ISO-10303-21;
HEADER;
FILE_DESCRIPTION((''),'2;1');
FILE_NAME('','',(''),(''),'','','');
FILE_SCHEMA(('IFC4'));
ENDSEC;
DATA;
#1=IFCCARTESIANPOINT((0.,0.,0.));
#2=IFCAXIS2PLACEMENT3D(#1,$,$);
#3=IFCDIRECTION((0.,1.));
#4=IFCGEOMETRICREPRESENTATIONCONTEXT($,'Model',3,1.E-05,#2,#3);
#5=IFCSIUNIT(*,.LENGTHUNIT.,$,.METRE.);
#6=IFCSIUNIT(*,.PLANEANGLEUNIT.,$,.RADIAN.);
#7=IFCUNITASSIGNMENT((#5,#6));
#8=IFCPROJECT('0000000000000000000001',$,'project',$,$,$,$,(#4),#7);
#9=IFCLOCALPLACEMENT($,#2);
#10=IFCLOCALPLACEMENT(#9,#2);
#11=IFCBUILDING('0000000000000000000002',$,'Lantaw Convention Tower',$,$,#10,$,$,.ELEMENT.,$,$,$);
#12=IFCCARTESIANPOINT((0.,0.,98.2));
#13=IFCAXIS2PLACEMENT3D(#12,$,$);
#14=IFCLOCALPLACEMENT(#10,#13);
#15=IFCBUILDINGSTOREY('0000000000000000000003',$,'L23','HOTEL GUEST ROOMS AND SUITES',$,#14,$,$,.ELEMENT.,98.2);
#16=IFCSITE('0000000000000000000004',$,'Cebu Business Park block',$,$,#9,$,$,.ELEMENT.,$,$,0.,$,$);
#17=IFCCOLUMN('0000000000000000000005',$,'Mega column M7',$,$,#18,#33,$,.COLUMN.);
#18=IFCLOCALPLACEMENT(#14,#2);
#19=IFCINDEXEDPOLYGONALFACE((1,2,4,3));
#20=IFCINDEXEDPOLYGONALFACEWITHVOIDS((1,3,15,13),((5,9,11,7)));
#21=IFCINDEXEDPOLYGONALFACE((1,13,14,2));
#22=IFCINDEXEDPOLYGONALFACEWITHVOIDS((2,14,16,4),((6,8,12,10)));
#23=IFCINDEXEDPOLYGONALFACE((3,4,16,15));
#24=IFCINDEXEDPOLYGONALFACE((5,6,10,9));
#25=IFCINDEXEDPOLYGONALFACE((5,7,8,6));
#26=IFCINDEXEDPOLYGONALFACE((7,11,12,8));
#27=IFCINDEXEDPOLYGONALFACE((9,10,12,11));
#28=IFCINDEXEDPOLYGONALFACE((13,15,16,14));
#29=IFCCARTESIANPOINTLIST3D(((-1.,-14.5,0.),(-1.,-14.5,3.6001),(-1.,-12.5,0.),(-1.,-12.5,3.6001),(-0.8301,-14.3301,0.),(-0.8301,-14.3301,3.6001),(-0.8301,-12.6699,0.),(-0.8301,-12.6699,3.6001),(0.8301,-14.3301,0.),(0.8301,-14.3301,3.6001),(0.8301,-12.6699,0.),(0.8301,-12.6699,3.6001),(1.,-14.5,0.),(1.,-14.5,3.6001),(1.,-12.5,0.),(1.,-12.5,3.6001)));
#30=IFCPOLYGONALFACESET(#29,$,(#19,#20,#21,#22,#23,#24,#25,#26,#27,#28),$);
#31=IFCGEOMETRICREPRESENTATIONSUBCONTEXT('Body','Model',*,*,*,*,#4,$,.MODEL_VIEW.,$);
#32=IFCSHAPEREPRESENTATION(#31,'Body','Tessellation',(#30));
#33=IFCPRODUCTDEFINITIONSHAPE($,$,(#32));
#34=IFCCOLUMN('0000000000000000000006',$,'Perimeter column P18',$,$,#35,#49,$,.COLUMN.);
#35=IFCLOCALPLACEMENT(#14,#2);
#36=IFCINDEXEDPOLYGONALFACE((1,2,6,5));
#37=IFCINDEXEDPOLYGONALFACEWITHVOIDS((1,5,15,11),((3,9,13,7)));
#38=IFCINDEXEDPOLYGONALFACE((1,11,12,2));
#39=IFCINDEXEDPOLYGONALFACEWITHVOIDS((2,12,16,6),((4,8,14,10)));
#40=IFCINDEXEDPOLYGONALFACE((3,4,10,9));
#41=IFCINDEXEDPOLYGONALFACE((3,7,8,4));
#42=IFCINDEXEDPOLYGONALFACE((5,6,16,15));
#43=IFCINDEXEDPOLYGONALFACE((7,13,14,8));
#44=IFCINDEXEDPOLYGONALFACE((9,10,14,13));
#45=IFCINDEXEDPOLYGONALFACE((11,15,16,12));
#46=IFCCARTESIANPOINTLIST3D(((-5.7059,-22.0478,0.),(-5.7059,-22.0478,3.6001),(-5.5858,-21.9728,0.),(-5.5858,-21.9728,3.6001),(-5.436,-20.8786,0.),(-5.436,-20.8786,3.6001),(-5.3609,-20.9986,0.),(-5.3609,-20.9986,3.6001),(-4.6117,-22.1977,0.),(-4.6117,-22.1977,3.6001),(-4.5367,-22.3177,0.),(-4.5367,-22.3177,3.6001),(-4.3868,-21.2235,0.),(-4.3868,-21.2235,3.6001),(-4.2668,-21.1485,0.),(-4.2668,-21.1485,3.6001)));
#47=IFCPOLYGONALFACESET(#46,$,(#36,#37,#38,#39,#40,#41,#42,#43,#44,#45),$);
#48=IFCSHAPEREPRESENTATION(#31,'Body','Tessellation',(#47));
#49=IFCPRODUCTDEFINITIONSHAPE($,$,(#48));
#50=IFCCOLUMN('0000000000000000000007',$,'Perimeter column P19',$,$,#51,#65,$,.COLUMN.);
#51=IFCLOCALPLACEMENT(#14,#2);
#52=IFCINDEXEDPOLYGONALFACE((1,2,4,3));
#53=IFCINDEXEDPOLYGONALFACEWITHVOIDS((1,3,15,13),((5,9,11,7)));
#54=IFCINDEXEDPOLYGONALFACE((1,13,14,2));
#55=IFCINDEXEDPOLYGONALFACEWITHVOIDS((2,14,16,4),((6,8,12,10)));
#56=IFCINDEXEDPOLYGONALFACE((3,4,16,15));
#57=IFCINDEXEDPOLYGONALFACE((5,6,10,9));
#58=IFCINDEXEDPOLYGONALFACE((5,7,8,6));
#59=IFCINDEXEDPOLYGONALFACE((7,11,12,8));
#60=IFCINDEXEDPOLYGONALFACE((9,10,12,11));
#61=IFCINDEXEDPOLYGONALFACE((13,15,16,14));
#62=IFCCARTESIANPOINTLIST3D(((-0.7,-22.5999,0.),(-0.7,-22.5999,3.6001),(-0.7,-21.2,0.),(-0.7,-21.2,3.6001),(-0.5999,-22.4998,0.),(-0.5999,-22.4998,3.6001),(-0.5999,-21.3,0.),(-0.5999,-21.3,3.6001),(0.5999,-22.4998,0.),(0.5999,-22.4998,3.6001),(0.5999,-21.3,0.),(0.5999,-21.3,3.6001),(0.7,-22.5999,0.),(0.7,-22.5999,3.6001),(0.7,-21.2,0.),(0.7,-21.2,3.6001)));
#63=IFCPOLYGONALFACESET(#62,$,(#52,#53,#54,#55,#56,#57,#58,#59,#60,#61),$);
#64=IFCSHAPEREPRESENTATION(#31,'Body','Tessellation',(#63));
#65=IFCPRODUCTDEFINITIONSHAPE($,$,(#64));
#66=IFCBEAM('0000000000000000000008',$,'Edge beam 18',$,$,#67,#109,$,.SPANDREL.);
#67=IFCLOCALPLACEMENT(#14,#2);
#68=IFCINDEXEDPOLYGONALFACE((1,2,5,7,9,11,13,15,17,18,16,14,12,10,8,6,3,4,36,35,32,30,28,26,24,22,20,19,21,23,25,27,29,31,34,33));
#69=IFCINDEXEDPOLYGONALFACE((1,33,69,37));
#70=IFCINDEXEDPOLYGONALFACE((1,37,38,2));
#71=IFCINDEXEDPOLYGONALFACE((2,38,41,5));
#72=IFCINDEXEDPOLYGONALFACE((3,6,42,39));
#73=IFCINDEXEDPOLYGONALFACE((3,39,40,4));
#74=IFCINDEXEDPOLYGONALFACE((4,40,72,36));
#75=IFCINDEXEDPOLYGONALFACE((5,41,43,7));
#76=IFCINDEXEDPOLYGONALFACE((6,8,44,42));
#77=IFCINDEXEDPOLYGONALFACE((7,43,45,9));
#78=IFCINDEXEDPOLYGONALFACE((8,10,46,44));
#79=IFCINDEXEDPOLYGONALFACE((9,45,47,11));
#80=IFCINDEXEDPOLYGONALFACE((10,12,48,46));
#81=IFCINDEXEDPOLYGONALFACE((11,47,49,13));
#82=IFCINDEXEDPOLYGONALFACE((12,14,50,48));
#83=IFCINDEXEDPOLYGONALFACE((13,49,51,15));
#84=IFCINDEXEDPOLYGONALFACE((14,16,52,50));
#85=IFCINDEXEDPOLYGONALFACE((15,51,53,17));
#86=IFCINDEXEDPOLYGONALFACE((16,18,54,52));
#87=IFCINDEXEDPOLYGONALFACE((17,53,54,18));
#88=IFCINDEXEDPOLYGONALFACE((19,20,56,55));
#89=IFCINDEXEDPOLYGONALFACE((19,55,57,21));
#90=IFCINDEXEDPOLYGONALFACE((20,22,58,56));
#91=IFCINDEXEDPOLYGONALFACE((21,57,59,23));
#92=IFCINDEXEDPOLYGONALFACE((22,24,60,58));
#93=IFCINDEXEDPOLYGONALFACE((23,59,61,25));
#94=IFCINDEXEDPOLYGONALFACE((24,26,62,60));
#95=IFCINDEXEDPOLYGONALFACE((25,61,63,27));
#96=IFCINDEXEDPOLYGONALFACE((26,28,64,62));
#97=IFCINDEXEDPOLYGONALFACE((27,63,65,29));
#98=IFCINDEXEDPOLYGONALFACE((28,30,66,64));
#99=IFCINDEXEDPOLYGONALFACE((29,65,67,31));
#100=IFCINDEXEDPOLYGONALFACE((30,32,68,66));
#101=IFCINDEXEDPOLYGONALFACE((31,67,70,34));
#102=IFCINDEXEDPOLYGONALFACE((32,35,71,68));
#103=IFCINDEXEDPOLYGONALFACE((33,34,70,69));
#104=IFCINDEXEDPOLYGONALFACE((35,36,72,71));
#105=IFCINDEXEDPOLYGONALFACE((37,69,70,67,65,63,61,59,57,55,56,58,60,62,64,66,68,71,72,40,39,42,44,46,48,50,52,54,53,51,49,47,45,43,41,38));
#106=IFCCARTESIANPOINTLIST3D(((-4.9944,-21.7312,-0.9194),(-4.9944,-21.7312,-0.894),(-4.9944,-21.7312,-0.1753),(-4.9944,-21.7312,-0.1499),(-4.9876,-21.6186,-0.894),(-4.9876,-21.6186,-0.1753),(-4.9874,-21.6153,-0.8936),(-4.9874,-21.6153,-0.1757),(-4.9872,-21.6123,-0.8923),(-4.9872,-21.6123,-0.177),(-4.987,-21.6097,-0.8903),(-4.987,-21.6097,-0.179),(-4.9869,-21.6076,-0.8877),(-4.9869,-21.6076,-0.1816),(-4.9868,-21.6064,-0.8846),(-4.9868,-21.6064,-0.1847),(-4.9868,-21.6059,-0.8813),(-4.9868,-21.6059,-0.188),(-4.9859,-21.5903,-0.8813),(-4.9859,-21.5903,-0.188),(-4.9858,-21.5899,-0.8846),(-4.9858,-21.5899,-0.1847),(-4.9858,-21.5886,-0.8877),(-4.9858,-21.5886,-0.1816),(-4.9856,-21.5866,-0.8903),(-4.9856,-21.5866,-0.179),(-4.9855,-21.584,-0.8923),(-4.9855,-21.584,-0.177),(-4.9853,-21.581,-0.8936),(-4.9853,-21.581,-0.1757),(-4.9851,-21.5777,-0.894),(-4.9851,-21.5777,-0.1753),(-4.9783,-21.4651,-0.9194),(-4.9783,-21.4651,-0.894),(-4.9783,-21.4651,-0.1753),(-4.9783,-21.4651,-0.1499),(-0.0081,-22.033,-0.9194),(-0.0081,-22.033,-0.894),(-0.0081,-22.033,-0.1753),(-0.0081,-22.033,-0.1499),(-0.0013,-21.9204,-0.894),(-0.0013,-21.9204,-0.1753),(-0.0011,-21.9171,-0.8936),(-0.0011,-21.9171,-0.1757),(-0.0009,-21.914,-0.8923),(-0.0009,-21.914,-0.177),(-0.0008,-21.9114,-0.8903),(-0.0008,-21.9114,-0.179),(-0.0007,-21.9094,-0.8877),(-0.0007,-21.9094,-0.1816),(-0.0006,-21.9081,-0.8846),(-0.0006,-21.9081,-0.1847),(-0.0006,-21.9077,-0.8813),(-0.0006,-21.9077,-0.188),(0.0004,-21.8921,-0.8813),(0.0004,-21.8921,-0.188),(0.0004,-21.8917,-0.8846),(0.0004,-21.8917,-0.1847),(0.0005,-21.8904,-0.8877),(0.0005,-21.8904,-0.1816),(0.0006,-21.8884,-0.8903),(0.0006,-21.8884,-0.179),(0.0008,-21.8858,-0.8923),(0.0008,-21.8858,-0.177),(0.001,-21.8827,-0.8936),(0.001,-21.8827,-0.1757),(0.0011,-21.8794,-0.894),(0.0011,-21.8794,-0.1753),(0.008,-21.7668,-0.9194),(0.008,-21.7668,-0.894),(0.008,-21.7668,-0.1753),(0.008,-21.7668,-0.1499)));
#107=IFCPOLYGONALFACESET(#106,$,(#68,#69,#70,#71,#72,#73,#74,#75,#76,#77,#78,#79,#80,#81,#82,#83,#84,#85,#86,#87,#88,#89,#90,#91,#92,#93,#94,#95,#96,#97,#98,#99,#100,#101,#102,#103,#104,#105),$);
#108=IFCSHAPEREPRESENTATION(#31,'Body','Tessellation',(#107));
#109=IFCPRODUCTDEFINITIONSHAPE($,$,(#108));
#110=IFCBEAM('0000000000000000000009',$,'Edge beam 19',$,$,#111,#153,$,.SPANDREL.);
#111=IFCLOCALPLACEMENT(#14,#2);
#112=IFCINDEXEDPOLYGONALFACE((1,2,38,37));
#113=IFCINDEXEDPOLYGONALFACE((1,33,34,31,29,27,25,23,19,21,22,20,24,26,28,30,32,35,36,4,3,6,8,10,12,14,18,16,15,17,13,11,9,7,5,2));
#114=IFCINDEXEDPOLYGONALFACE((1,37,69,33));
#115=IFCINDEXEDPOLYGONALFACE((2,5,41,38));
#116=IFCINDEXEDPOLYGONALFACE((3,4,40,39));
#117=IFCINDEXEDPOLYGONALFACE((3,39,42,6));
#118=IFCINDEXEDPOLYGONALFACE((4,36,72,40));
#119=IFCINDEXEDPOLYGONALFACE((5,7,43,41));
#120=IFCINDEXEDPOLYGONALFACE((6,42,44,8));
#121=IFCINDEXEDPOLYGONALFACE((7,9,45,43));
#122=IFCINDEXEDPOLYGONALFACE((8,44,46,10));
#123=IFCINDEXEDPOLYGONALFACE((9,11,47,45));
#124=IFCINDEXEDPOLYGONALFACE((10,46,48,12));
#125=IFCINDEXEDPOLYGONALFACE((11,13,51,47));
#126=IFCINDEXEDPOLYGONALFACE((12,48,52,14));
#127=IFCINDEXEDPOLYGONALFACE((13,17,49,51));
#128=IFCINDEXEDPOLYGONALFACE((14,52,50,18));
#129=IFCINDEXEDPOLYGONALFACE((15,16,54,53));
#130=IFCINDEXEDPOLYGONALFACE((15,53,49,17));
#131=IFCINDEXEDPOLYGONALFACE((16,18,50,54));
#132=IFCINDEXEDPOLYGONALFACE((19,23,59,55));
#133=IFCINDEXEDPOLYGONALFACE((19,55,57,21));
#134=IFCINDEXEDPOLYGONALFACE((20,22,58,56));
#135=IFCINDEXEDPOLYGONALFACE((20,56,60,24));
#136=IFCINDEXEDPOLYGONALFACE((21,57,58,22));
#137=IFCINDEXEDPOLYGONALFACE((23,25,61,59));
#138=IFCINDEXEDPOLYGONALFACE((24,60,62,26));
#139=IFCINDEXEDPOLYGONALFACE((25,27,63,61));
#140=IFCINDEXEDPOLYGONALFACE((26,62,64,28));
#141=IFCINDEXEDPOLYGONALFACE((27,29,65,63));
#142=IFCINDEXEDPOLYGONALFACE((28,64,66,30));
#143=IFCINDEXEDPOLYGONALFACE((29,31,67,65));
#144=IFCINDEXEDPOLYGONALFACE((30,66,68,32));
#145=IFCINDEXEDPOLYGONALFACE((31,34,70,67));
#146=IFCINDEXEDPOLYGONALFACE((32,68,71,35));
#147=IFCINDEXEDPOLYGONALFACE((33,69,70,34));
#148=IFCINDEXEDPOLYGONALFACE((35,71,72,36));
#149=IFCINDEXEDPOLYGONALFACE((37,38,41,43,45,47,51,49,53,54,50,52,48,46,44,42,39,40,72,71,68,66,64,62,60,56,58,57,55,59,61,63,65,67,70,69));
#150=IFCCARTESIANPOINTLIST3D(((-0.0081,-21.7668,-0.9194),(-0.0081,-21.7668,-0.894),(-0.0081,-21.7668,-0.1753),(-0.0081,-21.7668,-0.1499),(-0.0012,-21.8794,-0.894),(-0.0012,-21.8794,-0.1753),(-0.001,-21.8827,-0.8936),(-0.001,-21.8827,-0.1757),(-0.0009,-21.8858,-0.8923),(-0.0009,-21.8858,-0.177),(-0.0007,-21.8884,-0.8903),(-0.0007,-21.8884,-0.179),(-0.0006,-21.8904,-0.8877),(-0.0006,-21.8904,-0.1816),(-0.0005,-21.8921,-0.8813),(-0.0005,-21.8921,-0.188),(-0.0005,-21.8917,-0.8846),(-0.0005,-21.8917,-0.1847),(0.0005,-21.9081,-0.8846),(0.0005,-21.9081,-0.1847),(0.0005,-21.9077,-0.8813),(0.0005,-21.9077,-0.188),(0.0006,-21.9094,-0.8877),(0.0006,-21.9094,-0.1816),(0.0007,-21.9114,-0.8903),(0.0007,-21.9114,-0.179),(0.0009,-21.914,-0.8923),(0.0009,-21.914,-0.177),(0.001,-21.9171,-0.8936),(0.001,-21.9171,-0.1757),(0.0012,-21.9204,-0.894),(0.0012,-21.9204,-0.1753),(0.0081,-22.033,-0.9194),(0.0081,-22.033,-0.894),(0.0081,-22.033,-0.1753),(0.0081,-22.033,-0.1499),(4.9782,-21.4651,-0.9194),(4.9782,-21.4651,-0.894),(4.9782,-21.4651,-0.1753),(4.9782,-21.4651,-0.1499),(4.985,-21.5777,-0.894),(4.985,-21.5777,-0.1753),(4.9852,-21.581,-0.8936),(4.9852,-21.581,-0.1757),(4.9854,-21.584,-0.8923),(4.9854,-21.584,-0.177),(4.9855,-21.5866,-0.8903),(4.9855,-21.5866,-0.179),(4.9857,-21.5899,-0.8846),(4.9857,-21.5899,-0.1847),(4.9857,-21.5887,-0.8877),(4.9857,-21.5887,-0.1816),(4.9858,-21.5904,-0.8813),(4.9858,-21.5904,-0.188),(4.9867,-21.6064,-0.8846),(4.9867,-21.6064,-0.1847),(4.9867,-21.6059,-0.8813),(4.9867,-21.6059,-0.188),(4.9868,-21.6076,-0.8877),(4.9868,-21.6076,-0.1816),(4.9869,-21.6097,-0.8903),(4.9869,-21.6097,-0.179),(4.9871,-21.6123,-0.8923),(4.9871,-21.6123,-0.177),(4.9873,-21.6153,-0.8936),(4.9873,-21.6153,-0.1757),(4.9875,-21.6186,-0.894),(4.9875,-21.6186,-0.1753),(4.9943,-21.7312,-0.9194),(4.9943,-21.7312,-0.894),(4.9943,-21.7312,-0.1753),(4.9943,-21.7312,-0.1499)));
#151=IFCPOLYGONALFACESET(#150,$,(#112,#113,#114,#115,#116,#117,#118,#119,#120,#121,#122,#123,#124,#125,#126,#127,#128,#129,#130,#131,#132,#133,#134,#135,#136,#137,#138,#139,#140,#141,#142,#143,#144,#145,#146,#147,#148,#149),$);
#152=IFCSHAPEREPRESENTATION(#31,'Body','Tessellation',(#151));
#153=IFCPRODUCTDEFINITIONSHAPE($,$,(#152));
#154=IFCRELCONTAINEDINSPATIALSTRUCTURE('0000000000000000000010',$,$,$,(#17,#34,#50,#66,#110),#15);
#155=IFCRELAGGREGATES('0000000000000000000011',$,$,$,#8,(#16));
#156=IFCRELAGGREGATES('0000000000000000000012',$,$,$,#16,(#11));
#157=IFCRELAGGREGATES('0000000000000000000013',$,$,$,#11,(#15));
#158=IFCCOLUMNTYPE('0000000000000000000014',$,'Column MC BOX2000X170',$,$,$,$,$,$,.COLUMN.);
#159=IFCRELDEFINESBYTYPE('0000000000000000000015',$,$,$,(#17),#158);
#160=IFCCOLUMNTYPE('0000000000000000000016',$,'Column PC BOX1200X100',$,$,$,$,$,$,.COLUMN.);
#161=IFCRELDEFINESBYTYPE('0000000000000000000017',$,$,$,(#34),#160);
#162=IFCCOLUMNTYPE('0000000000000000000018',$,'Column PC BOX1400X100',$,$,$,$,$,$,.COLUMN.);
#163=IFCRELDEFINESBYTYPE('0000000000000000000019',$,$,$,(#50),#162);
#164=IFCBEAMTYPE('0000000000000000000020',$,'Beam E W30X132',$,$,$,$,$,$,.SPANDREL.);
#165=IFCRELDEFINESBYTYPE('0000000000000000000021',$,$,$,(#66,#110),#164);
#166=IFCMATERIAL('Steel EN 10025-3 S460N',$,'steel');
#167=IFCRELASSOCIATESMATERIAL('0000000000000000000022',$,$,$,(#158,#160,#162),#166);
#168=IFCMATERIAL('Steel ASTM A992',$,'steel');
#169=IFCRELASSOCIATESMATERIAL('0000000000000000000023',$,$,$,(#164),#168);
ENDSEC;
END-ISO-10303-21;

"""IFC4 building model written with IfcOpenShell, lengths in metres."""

from ifc_helpers import new_model, si_unit, direction, frame, origin, origin_2d, place, context, subcontext, project, spatial, rectangle, hollow_rectangle, i_section, extrude, material, material_profile, profile_set, type_object, element, save


model = new_model("IFC4")

# Units and contexts
model_context = context("Model", 3, precision=1e-05, world=origin(), true_north=direction((0.0, 1.0)))
body_context = subcontext(model_context, "Body", "Model", "MODEL_VIEW")
ifc_project = project(units=[si_unit("LENGTHUNIT", "METRE"), si_unit("PLANEANGLEUNIT", "RADIAN")], contexts=[model_context])

# Site, building, storey
site_placement = place(None, origin())
site = spatial("IfcSite", under=ifc_project, at=site_placement, Name="Cebu Business Park block", CompositionType="ELEMENT", RefElevation=0.0)
building_placement = place(site_placement, origin())
building = spatial("IfcBuilding", under=site, at=building_placement, Name="Lantaw Convention Tower", CompositionType="ELEMENT")
storey_placement = place(building_placement, frame((0.0, 0.0, 98.2)))
storey = spatial("IfcBuildingStorey", under=building, at=storey_placement, Name="L23", Description="HOTEL GUEST ROOMS AND SUITES", CompositionType="ELEMENT", Elevation=98.2)

# Columns
ifc_material_1 = material(Name="Steel EN 10025-3 S460N", Category="steel")
ifc_material_profile_1 = material_profile(ifc_material_1, hollow_rectangle(XDim=2.0, YDim=2.0, WallThickness=0.1699, at=origin_2d()), Name="BOX2000X170")
ifc_material_2 = material(Name="Concrete C60/75", Category="concrete")
ifc_material_profile_2 = material_profile(ifc_material_2, rectangle(XDim=1.6599, YDim=1.6599, at=origin_2d()), Name="Concrete fill of BOX2000X170")
ifc_profile_set_1 = profile_set([ifc_material_profile_1, ifc_material_profile_2], Name="Steel EN 10025-3 S460N")
column_type_1 = type_object("IfcColumnType", Name="Column MC BOX2000X170", PredefinedType="COLUMN", material=ifc_profile_set_1)
column_1_placement = place(storey_placement, frame((0.0, -13.5, 0.0), z_axis=(0.0, 0.0, 1.0), x_axis=(1.0, 0.0, 0.0)))
element("IfcColumn", 1, at=column_1_placement, inside=storey, type_object=column_type_1, Name="Mega column M7", PredefinedType="COLUMN", context=body_context, shape_type="SweptSolid", body=[
    extrude(hollow_rectangle(XDim=2.0, YDim=2.0, WallThickness=0.1699, at=origin_2d()), origin(), (0.0, 0.0, 1.0), 3.6001),
])
ifc_material_profile_3 = material_profile(ifc_material_1, hollow_rectangle(XDim=1.2, YDim=1.2, WallThickness=0.1001, at=origin_2d()), Name="BOX1200X100")
ifc_material_profile_4 = material_profile(ifc_material_2, rectangle(XDim=1.0, YDim=1.0, at=origin_2d()), Name="Concrete fill of BOX1200X100")
ifc_profile_set_2 = profile_set([ifc_material_profile_3, ifc_material_profile_4], Name="Steel EN 10025-3 S460N")
column_type_2 = type_object("IfcColumnType", Name="Column PC BOX1200X100", PredefinedType="COLUMN", material=ifc_profile_set_2)
column_2_placement = place(storey_placement, frame((-4.9863, -21.5981, 0.0), z_axis=(0.0, 0.0, 1.0), x_axis=(0.224951, 0.97437, 0.0)))
element("IfcColumn", 2, at=column_2_placement, inside=storey, type_object=column_type_2, Name="Perimeter column P18", PredefinedType="COLUMN", context=body_context, shape_type="SweptSolid", body=[
    extrude(hollow_rectangle(XDim=1.2, YDim=1.2, WallThickness=0.1001, at=origin_2d()), origin(), (0.0, 0.0, 1.0), 3.6001),
])
ifc_material_profile_5 = material_profile(ifc_material_1, hollow_rectangle(XDim=1.3999, YDim=1.3999, WallThickness=0.1001, at=origin_2d()), Name="BOX1400X100")
ifc_material_profile_6 = material_profile(ifc_material_2, rectangle(XDim=1.2, YDim=1.2, at=origin_2d()), Name="Concrete fill of BOX1400X100")
ifc_profile_set_3 = profile_set([ifc_material_profile_5, ifc_material_profile_6], Name="Steel EN 10025-3 S460N")
column_type_3 = type_object("IfcColumnType", Name="Column PC BOX1400X100", PredefinedType="COLUMN", material=ifc_profile_set_3)
column_3_placement = place(storey_placement, frame((0.0, -21.8999, 0.0), z_axis=(0.0, 0.0, 1.0), x_axis=(1.0, 0.0, 0.0)))
element("IfcColumn", 3, at=column_3_placement, inside=storey, type_object=column_type_3, Name="Perimeter column P19", PredefinedType="COLUMN", context=body_context, shape_type="SweptSolid", body=[
    extrude(hollow_rectangle(XDim=1.3999, YDim=1.3999, WallThickness=0.1001, at=origin_2d()), origin(), (0.0, 0.0, 1.0), 3.6001),
])

# Beams
ifc_material_3 = material(Name="Steel ASTM A992", Category="steel")
ifc_material_profile_7 = material_profile(ifc_material_3, i_section(OverallWidth=0.2666, OverallDepth=0.7695, WebThickness=0.0156, FlangeThickness=0.0254, FilletRadius=0.0127, at=origin_2d()), Name="W30X132")
ifc_profile_set_4 = profile_set([ifc_material_profile_7], Name="Steel ASTM A992")
beam_type_1 = type_object("IfcBeamType", Name="Beam E W30X132", PredefinedType="SPANDREL", material=ifc_profile_set_4)
for number, where, z_axis, x_axis, name in (
    (4, (-4.9863, -21.5981, -0.5347), (0.998174, -0.060407, 0.0), (0.060407, 0.998174, 0.0), "Edge beam 18"),
    (5, (0.0, -21.8999, -0.5347), (0.998174, 0.060407, 0.0), (-0.060407, 0.998174, 0.0), "Edge beam 19"),
):
    element("IfcBeam", number, at=place(storey_placement, frame(where, z_axis=z_axis, x_axis=x_axis)), inside=storey, type_object=beam_type_1, Name=name, PredefinedType="SPANDREL", context=body_context, shape_type="SweptSolid", body=[
        extrude(i_section(OverallWidth=0.2666, OverallDepth=0.7695, WebThickness=0.0156, FlangeThickness=0.0254, FilletRadius=0.0127, at=origin_2d()), origin(), (0.0, 0.0, 1.0), 4.9954),
    ])

save(model, "model.ifc")
